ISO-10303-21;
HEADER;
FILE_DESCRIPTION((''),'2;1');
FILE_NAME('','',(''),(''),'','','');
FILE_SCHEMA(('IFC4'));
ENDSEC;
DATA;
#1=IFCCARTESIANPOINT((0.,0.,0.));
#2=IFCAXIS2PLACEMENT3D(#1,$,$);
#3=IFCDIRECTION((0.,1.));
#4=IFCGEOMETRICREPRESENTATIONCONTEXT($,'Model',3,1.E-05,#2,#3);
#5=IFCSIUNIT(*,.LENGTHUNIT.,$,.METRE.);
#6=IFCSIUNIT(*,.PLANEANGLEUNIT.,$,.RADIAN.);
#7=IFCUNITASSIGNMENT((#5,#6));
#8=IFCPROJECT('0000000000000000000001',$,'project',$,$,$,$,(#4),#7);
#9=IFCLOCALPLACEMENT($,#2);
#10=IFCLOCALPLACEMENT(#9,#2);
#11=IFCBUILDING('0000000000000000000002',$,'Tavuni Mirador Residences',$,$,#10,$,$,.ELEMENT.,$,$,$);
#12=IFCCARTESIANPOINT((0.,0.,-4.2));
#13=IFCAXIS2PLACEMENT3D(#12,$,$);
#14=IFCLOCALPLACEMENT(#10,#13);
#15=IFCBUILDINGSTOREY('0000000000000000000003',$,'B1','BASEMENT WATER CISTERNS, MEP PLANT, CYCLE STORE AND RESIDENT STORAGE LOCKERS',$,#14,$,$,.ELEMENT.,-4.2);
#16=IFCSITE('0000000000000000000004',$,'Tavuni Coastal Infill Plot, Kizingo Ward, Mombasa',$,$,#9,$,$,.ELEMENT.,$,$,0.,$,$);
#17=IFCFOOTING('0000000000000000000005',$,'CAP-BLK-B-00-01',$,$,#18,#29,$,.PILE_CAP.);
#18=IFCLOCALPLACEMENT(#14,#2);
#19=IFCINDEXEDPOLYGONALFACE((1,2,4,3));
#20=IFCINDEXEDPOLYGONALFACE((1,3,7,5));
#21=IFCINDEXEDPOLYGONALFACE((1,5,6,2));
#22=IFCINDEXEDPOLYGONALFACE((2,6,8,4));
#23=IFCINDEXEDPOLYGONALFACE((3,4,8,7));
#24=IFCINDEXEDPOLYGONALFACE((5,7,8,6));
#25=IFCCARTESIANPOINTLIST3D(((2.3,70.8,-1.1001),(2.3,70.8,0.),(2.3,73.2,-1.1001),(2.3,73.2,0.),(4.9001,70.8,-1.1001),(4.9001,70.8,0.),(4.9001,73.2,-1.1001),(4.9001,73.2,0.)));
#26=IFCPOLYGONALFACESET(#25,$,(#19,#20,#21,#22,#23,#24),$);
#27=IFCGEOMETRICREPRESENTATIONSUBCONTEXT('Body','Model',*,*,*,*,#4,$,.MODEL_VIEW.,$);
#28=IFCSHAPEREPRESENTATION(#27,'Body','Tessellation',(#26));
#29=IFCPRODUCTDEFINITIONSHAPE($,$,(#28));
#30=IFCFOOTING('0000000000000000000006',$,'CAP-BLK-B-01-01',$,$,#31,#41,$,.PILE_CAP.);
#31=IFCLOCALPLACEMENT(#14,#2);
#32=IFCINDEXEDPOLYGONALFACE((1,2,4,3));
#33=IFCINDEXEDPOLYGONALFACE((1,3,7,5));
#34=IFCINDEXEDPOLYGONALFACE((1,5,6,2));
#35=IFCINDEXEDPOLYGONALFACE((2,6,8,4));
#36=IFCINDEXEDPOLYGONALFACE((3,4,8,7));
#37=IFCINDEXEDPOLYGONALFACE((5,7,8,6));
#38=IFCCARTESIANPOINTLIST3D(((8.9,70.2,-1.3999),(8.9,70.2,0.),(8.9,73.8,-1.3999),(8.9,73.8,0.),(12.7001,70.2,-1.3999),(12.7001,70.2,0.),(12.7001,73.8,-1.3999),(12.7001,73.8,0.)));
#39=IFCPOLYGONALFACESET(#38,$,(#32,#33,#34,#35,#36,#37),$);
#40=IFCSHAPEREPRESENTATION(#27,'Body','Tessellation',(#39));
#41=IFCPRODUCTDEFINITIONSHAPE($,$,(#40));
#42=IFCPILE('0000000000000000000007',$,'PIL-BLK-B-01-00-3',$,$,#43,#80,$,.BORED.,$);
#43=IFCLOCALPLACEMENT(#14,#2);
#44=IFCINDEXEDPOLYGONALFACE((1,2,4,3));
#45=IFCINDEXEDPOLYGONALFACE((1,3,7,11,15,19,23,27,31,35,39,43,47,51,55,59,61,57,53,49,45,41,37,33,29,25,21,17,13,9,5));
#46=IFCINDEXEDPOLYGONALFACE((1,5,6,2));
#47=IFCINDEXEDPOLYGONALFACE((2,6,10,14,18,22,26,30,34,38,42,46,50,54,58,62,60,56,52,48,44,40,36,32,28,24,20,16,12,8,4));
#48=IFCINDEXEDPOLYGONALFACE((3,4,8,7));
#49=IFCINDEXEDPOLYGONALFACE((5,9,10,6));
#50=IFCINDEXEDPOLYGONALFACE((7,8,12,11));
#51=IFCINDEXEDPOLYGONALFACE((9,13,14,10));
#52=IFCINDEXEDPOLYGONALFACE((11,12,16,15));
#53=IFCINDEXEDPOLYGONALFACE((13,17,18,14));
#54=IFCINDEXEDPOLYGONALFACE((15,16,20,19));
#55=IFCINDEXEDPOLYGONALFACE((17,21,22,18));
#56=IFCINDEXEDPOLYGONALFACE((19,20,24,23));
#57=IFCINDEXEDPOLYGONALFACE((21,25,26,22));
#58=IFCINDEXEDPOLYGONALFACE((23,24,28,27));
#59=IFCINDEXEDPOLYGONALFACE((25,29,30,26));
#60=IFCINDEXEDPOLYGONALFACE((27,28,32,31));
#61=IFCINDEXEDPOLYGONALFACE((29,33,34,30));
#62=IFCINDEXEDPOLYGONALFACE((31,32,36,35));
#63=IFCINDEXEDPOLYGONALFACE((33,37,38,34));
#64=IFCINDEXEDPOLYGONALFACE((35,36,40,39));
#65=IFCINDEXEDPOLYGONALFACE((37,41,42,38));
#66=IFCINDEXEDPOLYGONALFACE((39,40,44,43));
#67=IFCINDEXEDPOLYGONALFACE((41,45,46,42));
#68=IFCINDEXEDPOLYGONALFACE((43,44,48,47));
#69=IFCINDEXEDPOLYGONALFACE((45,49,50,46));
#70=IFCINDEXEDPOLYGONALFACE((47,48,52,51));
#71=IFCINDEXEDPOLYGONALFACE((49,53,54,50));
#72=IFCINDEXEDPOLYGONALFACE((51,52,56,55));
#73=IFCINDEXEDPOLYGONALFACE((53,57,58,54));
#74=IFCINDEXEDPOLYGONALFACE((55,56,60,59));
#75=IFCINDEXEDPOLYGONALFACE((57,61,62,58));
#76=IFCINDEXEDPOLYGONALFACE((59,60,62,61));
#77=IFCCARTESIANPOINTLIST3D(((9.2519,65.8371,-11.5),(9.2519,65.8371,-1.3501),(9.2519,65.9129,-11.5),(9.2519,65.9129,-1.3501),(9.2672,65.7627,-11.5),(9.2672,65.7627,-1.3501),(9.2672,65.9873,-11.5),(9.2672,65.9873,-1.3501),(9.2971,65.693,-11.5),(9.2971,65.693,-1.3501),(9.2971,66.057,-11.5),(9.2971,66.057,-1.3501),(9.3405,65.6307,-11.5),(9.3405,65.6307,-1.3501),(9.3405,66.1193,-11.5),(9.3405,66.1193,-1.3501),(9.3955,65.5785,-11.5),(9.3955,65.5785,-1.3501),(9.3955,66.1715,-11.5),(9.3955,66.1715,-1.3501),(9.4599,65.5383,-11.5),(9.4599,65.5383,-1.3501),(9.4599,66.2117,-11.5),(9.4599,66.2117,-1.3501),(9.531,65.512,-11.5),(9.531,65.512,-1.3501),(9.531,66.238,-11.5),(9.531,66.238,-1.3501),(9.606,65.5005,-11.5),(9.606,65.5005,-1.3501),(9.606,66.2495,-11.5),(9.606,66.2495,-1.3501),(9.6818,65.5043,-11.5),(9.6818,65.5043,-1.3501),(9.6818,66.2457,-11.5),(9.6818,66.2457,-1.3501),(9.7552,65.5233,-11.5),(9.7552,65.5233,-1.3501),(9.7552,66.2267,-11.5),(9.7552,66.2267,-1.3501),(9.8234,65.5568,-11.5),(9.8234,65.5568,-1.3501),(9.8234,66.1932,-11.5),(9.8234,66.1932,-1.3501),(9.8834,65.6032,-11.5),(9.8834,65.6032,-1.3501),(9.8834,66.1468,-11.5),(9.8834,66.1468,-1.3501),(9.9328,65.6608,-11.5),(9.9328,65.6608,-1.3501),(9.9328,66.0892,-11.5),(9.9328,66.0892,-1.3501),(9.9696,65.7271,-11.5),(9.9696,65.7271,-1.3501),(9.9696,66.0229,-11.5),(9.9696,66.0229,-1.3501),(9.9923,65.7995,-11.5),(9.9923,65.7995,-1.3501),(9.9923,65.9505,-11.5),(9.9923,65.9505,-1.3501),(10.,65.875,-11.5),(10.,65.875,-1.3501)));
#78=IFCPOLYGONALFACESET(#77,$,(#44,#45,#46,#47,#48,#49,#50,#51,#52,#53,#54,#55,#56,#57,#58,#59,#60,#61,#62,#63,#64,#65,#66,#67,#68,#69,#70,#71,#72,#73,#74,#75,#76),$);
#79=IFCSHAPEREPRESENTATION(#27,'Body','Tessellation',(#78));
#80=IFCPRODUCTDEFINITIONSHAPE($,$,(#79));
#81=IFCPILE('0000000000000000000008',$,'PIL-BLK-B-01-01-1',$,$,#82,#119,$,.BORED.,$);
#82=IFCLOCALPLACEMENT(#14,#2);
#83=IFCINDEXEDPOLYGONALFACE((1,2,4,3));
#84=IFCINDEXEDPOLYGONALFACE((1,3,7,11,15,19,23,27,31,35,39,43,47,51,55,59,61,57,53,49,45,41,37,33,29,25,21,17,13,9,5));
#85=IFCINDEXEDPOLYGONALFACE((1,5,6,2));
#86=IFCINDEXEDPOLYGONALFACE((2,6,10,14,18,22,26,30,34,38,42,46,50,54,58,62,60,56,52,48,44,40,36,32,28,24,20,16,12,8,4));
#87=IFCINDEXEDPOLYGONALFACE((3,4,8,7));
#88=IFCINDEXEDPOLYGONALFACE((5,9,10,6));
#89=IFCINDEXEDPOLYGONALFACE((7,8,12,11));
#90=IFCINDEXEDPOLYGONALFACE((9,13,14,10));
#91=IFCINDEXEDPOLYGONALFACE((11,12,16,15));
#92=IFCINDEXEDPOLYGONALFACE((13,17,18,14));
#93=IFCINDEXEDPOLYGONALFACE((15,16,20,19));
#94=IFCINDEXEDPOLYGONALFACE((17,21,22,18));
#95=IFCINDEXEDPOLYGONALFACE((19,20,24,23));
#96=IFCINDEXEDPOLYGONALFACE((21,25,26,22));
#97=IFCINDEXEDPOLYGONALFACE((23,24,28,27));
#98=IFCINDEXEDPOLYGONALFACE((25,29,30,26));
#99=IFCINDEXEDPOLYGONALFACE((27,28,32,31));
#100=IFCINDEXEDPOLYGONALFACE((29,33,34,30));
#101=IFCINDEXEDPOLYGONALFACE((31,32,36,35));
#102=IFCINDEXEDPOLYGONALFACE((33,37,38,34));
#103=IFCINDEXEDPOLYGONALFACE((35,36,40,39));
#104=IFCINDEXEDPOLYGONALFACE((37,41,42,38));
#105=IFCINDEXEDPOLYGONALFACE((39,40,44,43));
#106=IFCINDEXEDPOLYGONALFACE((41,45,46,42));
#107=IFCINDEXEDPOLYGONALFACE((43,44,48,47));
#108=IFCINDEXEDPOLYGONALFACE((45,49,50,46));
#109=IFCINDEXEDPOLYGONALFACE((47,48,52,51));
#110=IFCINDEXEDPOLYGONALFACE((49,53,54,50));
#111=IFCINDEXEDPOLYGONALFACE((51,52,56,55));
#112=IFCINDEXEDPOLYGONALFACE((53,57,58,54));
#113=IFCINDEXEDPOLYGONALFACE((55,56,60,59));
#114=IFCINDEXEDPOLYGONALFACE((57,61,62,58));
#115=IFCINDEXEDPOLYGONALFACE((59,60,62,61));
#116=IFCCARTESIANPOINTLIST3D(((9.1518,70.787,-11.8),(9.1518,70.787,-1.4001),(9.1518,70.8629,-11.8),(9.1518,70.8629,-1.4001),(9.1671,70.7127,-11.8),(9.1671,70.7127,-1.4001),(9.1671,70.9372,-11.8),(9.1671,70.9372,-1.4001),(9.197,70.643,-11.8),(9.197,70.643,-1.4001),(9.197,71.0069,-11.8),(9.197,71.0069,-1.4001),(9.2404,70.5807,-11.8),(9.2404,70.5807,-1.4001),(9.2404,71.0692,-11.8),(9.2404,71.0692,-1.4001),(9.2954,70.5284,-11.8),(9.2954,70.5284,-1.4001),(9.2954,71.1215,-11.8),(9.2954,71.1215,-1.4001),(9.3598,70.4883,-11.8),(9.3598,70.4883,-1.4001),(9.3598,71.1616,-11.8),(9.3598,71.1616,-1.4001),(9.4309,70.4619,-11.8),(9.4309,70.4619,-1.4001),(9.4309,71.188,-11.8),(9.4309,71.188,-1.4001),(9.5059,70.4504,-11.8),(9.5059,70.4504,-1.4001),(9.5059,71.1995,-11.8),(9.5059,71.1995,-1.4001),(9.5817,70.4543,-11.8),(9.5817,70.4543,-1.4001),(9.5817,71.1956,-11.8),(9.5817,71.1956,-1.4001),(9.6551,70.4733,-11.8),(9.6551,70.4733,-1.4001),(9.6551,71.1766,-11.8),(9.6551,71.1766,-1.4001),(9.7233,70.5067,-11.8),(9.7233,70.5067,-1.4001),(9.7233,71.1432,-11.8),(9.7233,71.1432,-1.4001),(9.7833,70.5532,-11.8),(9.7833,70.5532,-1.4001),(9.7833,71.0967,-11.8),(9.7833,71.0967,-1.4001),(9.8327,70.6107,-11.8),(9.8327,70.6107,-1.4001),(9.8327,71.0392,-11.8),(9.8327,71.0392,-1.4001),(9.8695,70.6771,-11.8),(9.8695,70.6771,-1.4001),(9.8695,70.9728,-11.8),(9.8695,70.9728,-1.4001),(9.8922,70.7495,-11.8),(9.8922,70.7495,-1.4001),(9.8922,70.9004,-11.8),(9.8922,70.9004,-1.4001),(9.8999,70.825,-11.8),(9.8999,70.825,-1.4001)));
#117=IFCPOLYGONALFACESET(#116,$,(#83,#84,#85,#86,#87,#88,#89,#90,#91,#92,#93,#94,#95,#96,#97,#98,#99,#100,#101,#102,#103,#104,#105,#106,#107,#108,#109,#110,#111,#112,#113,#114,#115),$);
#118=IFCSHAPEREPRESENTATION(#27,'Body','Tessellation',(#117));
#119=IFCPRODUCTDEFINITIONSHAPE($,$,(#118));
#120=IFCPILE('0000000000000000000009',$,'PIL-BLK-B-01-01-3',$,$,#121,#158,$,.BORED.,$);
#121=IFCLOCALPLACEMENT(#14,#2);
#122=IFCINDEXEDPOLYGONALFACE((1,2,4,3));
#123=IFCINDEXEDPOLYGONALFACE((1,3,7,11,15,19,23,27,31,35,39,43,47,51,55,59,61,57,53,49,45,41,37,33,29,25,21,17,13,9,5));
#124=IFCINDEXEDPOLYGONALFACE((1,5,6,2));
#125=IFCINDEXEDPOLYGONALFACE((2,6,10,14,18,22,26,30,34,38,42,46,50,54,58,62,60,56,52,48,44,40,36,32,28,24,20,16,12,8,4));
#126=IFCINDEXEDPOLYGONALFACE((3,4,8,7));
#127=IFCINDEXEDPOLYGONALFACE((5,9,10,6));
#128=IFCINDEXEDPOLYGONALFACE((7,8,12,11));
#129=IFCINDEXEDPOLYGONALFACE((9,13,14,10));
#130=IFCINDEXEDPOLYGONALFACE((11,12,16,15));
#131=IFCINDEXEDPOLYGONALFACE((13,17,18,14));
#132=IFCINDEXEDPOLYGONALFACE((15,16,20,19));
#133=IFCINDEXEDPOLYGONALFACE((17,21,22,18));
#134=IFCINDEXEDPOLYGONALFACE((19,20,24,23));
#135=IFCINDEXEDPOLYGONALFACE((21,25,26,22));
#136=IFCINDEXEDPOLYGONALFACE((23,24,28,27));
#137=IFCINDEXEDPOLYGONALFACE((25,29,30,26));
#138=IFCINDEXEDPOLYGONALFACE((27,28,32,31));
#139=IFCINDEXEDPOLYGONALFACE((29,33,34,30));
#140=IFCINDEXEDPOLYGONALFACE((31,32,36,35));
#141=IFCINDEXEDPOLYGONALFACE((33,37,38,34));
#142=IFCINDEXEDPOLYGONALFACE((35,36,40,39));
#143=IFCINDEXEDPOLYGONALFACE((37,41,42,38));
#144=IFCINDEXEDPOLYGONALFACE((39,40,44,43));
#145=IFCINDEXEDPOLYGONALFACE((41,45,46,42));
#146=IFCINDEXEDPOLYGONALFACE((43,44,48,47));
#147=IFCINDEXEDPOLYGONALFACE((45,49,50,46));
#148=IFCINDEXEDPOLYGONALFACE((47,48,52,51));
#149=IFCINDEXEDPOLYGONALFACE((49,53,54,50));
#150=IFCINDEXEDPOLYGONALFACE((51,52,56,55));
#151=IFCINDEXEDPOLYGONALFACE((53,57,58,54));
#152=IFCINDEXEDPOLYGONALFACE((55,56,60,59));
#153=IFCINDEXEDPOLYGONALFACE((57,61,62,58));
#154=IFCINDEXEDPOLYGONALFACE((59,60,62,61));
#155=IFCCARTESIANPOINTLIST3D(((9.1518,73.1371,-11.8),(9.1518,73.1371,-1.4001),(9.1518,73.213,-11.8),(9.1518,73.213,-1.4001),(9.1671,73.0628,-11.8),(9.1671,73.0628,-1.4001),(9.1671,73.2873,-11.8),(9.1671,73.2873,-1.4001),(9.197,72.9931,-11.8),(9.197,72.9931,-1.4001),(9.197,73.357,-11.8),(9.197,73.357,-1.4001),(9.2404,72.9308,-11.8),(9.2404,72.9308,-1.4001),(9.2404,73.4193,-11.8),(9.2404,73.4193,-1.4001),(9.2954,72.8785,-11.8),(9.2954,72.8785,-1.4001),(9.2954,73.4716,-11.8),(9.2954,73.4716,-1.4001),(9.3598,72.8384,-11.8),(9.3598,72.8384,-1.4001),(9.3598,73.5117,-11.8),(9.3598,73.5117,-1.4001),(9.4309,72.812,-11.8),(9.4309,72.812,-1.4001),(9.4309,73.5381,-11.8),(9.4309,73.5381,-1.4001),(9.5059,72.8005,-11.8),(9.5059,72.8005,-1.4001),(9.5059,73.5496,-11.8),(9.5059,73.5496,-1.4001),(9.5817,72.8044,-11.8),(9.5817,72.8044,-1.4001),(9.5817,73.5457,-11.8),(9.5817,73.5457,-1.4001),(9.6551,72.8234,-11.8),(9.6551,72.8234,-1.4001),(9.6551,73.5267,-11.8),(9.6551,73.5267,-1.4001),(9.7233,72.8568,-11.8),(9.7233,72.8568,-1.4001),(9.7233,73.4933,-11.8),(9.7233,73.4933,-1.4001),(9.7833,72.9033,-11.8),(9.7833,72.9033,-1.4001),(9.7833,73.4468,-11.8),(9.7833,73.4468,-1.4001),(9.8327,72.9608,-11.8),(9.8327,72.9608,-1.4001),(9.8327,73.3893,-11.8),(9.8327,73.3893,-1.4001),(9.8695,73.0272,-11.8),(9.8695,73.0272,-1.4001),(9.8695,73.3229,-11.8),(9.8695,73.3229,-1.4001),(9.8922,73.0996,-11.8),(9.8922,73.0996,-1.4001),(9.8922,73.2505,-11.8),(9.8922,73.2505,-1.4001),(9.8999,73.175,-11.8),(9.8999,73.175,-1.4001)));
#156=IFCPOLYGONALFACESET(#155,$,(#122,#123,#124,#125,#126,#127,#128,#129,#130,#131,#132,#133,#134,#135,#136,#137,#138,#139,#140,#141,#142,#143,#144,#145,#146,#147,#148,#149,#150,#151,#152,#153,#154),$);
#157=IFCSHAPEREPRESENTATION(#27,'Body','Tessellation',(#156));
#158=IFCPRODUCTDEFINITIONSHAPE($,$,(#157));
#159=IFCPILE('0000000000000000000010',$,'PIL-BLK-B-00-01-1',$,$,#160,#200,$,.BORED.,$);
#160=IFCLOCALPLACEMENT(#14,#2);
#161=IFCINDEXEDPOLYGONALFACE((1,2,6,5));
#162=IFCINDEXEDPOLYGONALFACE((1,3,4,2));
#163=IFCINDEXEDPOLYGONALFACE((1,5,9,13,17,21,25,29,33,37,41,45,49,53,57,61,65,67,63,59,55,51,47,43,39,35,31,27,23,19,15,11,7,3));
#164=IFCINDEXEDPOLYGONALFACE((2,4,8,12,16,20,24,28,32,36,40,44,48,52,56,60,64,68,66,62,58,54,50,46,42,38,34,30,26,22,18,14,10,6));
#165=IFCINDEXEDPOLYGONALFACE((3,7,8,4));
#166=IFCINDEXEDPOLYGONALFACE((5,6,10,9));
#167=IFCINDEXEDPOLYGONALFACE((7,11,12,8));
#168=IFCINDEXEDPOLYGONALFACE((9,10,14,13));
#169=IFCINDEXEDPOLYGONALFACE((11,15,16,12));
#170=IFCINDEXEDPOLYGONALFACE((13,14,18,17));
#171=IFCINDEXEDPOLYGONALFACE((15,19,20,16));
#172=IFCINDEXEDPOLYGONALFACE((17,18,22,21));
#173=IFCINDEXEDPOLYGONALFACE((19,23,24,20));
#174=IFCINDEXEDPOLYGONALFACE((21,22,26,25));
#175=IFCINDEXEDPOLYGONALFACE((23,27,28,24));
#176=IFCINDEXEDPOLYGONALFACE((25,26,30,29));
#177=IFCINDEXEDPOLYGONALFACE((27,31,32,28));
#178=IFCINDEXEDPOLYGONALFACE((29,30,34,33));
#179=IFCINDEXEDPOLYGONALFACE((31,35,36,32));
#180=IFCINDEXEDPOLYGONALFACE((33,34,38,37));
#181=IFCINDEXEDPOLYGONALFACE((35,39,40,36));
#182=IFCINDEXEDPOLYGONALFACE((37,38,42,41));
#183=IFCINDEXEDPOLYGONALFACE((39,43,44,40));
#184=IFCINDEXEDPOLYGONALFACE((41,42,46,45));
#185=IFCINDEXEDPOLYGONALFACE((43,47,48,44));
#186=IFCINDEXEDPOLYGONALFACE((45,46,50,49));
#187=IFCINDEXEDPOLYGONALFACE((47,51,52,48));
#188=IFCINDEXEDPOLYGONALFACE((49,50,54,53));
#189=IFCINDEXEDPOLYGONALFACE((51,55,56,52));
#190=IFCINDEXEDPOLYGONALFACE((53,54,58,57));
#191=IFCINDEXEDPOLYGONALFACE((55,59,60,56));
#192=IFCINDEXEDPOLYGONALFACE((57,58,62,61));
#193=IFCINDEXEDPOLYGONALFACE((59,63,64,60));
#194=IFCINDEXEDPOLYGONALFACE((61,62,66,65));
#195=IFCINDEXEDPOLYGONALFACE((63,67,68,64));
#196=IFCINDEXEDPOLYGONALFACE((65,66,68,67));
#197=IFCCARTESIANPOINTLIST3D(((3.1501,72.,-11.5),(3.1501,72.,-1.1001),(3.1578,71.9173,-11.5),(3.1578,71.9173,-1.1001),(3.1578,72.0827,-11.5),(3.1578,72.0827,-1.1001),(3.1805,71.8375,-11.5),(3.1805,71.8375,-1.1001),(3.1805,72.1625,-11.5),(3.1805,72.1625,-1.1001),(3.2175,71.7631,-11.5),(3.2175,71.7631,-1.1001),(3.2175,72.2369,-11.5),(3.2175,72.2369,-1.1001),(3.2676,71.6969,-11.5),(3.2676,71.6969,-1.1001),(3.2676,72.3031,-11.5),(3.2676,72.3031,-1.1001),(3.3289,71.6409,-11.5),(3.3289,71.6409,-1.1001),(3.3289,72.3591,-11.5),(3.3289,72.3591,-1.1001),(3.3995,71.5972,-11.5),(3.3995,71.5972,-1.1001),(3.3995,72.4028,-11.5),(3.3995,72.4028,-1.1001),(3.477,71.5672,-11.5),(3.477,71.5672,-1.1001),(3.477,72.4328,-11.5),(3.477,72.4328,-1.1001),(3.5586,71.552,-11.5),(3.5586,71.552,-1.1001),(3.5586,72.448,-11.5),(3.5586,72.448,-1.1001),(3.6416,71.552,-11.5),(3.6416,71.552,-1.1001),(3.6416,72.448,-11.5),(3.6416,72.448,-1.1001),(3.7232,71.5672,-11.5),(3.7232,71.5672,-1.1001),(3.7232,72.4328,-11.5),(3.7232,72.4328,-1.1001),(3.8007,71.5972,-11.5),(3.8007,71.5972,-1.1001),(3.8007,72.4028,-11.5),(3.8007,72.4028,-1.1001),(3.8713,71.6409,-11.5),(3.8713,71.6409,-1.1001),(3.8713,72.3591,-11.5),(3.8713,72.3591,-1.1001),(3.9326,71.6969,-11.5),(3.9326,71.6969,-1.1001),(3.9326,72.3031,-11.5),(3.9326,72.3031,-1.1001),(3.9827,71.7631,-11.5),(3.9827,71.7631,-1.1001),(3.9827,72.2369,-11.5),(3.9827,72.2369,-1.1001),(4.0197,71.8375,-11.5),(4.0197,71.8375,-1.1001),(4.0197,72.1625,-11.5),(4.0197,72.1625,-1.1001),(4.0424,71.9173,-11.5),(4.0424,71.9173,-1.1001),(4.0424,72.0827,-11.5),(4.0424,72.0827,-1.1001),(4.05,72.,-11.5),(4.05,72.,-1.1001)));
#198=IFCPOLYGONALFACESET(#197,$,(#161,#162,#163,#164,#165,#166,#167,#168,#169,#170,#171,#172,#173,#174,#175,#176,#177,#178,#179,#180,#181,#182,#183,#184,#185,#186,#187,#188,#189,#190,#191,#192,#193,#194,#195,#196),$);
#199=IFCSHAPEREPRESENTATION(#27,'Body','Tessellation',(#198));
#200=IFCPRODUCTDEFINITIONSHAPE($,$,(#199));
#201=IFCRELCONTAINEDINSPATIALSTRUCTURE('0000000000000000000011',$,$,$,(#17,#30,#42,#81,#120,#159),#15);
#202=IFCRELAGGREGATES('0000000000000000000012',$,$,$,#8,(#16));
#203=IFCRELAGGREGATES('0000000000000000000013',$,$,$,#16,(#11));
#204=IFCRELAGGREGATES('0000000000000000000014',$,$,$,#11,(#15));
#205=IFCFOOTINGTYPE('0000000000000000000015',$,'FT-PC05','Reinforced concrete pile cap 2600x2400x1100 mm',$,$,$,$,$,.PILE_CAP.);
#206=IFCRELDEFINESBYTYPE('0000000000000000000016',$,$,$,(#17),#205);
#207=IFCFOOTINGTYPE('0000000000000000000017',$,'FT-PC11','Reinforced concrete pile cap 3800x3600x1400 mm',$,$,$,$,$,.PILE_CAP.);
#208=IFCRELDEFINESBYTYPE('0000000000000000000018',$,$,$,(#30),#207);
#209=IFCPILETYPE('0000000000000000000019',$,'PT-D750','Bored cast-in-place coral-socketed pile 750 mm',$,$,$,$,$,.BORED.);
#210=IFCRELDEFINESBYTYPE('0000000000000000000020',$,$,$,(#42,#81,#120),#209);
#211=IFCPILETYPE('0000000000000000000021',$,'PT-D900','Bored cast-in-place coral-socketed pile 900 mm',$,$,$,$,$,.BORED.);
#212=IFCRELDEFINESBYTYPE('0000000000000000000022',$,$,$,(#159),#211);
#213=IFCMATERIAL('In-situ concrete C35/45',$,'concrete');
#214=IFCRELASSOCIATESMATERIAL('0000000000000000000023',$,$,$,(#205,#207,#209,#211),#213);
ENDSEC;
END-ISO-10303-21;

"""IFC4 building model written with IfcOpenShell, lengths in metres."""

from ifc_helpers import new_model, si_unit, direction, frame, origin, origin_2d, place, context, subcontext, project, spatial, rectangle, circle, extrude, material, material_profile, profile_set, type_object, element, save


model = new_model("IFC4")

# Units and contexts
model_context = context("Model", 3, precision=1e-05, world=origin(), true_north=direction((0.0, 1.0)))
body_context = subcontext(model_context, "Body", "Model", "MODEL_VIEW")
ifc_project = project(units=[si_unit("LENGTHUNIT", "METRE"), si_unit("PLANEANGLEUNIT", "RADIAN")], contexts=[model_context])

# Site, building, storey
site_placement = place(None, origin())
site = spatial("IfcSite", under=ifc_project, at=site_placement, Name="Tavuni Coastal Infill Plot, Kizingo Ward, Mombasa", CompositionType="ELEMENT", RefElevation=0.0)
building_placement = place(site_placement, origin())
building = spatial("IfcBuilding", under=site, at=building_placement, Name="Tavuni Mirador Residences", CompositionType="ELEMENT")
storey_placement = place(building_placement, frame((0.0, 0.0, -4.2)))
storey = spatial("IfcBuildingStorey", under=building, at=storey_placement, Name="B1", Description="BASEMENT WATER CISTERNS, MEP PLANT, CYCLE STORE AND RESIDENT STORAGE LOCKERS", CompositionType="ELEMENT", Elevation=-4.2)

# Footings
ifc_material_1 = material(Name="In-situ concrete C35/45", Category="concrete")
footing_type_1 = type_object("IfcFootingType", Name="FT-PC05", Description="Reinforced concrete pile cap 2600x2400x1100 mm", PredefinedType="PILE_CAP", material=ifc_material_1)
footing_1_placement = place(storey_placement, frame((3.6001, 72.0, -1.1001), z_axis=(0.0, 0.0, 1.0), x_axis=(1.0, 0.0, 0.0)))
element("IfcFooting", 1, at=footing_1_placement, inside=storey, type_object=footing_type_1, Name="CAP-BLK-B-00-01", PredefinedType="PILE_CAP", context=body_context, shape_type="SweptSolid", body=[
    extrude(rectangle(XDim=2.6001, YDim=2.3999, at=origin_2d()), origin(), (0.0, 0.0, 1.0), 1.1001),
])
footing_type_2 = type_object("IfcFootingType", Name="FT-PC11", Description="Reinforced concrete pile cap 3800x3600x1400 mm", PredefinedType="PILE_CAP", material=ifc_material_1)
footing_2_placement = place(storey_placement, frame((10.8, 72.0, -1.3999), z_axis=(0.0, 0.0, 1.0), x_axis=(1.0, 0.0, 0.0)))
element("IfcFooting", 2, at=footing_2_placement, inside=storey, type_object=footing_type_2, Name="CAP-BLK-B-01-01", PredefinedType="PILE_CAP", context=body_context, shape_type="SweptSolid", body=[
    extrude(rectangle(XDim=3.8, YDim=3.6001, at=origin_2d()), origin(), (0.0, 0.0, 1.0), 1.3999),
])

# Piles
ifc_material_profile_1 = material_profile(ifc_material_1, circle(Radius=0.375, at=origin_2d()), Name="PILE D750", Category="concrete")
ifc_profile_set_1 = profile_set([ifc_material_profile_1], Name="In-situ concrete C35/45")
pile_type_1 = type_object("IfcPileType", Name="PT-D750", Description="Bored cast-in-place coral-socketed pile 750 mm", PredefinedType="BORED", material=ifc_profile_set_1)
pile_1_placement = place(storey_placement, frame((9.625, 65.875, -1.3501), z_axis=(0.0, 0.0, -1.0), x_axis=(1.0, 0.0, 0.0)))
element("IfcPile", 3, at=pile_1_placement, inside=storey, type_object=pile_type_1, Name="PIL-BLK-B-01-00-3", PredefinedType="BORED", context=body_context, shape_type="SweptSolid", body=[
    extrude(circle(Radius=0.375, at=origin_2d()), origin(), (0.0, 0.0, 1.0), 10.1499),
])
for number, where, z_axis, x_axis, name in (
    (4, (9.5249, 70.825, -1.4001), (0.0, 0.0, -1.0), (1.0, 0.0, 0.0), "PIL-BLK-B-01-01-1"),
    (5, (9.5249, 73.175, -1.4001), (0.0, 0.0, -1.0), (1.0, 0.0, 0.0), "PIL-BLK-B-01-01-3"),
):
    element("IfcPile", number, at=place(storey_placement, frame(where, z_axis=z_axis, x_axis=x_axis)), inside=storey, type_object=pile_type_1, Name=name, PredefinedType="BORED", context=body_context, shape_type="SweptSolid", body=[
        extrude(circle(Radius=0.375, at=origin_2d()), origin(), (0.0, 0.0, 1.0), 10.3999),
    ])
ifc_material_profile_2 = material_profile(ifc_material_1, circle(Radius=0.45, at=origin_2d()), Name="PILE D900", Category="concrete")
ifc_profile_set_2 = profile_set([ifc_material_profile_2], Name="In-situ concrete C35/45")
pile_type_2 = type_object("IfcPileType", Name="PT-D900", Description="Bored cast-in-place coral-socketed pile 900 mm", PredefinedType="BORED", material=ifc_profile_set_2)
pile_2_placement = place(storey_placement, frame((3.6001, 72.0, -1.1001), z_axis=(0.0, 0.0, -1.0), x_axis=(1.0, 0.0, 0.0)))
element("IfcPile", 6, at=pile_2_placement, inside=storey, type_object=pile_type_2, Name="PIL-BLK-B-00-01-1", PredefinedType="BORED", context=body_context, shape_type="SweptSolid", body=[
    extrude(circle(Radius=0.45, at=origin_2d()), origin(), (0.0, 0.0, 1.0), 10.3999),
])

save(model, "model.ifc")
